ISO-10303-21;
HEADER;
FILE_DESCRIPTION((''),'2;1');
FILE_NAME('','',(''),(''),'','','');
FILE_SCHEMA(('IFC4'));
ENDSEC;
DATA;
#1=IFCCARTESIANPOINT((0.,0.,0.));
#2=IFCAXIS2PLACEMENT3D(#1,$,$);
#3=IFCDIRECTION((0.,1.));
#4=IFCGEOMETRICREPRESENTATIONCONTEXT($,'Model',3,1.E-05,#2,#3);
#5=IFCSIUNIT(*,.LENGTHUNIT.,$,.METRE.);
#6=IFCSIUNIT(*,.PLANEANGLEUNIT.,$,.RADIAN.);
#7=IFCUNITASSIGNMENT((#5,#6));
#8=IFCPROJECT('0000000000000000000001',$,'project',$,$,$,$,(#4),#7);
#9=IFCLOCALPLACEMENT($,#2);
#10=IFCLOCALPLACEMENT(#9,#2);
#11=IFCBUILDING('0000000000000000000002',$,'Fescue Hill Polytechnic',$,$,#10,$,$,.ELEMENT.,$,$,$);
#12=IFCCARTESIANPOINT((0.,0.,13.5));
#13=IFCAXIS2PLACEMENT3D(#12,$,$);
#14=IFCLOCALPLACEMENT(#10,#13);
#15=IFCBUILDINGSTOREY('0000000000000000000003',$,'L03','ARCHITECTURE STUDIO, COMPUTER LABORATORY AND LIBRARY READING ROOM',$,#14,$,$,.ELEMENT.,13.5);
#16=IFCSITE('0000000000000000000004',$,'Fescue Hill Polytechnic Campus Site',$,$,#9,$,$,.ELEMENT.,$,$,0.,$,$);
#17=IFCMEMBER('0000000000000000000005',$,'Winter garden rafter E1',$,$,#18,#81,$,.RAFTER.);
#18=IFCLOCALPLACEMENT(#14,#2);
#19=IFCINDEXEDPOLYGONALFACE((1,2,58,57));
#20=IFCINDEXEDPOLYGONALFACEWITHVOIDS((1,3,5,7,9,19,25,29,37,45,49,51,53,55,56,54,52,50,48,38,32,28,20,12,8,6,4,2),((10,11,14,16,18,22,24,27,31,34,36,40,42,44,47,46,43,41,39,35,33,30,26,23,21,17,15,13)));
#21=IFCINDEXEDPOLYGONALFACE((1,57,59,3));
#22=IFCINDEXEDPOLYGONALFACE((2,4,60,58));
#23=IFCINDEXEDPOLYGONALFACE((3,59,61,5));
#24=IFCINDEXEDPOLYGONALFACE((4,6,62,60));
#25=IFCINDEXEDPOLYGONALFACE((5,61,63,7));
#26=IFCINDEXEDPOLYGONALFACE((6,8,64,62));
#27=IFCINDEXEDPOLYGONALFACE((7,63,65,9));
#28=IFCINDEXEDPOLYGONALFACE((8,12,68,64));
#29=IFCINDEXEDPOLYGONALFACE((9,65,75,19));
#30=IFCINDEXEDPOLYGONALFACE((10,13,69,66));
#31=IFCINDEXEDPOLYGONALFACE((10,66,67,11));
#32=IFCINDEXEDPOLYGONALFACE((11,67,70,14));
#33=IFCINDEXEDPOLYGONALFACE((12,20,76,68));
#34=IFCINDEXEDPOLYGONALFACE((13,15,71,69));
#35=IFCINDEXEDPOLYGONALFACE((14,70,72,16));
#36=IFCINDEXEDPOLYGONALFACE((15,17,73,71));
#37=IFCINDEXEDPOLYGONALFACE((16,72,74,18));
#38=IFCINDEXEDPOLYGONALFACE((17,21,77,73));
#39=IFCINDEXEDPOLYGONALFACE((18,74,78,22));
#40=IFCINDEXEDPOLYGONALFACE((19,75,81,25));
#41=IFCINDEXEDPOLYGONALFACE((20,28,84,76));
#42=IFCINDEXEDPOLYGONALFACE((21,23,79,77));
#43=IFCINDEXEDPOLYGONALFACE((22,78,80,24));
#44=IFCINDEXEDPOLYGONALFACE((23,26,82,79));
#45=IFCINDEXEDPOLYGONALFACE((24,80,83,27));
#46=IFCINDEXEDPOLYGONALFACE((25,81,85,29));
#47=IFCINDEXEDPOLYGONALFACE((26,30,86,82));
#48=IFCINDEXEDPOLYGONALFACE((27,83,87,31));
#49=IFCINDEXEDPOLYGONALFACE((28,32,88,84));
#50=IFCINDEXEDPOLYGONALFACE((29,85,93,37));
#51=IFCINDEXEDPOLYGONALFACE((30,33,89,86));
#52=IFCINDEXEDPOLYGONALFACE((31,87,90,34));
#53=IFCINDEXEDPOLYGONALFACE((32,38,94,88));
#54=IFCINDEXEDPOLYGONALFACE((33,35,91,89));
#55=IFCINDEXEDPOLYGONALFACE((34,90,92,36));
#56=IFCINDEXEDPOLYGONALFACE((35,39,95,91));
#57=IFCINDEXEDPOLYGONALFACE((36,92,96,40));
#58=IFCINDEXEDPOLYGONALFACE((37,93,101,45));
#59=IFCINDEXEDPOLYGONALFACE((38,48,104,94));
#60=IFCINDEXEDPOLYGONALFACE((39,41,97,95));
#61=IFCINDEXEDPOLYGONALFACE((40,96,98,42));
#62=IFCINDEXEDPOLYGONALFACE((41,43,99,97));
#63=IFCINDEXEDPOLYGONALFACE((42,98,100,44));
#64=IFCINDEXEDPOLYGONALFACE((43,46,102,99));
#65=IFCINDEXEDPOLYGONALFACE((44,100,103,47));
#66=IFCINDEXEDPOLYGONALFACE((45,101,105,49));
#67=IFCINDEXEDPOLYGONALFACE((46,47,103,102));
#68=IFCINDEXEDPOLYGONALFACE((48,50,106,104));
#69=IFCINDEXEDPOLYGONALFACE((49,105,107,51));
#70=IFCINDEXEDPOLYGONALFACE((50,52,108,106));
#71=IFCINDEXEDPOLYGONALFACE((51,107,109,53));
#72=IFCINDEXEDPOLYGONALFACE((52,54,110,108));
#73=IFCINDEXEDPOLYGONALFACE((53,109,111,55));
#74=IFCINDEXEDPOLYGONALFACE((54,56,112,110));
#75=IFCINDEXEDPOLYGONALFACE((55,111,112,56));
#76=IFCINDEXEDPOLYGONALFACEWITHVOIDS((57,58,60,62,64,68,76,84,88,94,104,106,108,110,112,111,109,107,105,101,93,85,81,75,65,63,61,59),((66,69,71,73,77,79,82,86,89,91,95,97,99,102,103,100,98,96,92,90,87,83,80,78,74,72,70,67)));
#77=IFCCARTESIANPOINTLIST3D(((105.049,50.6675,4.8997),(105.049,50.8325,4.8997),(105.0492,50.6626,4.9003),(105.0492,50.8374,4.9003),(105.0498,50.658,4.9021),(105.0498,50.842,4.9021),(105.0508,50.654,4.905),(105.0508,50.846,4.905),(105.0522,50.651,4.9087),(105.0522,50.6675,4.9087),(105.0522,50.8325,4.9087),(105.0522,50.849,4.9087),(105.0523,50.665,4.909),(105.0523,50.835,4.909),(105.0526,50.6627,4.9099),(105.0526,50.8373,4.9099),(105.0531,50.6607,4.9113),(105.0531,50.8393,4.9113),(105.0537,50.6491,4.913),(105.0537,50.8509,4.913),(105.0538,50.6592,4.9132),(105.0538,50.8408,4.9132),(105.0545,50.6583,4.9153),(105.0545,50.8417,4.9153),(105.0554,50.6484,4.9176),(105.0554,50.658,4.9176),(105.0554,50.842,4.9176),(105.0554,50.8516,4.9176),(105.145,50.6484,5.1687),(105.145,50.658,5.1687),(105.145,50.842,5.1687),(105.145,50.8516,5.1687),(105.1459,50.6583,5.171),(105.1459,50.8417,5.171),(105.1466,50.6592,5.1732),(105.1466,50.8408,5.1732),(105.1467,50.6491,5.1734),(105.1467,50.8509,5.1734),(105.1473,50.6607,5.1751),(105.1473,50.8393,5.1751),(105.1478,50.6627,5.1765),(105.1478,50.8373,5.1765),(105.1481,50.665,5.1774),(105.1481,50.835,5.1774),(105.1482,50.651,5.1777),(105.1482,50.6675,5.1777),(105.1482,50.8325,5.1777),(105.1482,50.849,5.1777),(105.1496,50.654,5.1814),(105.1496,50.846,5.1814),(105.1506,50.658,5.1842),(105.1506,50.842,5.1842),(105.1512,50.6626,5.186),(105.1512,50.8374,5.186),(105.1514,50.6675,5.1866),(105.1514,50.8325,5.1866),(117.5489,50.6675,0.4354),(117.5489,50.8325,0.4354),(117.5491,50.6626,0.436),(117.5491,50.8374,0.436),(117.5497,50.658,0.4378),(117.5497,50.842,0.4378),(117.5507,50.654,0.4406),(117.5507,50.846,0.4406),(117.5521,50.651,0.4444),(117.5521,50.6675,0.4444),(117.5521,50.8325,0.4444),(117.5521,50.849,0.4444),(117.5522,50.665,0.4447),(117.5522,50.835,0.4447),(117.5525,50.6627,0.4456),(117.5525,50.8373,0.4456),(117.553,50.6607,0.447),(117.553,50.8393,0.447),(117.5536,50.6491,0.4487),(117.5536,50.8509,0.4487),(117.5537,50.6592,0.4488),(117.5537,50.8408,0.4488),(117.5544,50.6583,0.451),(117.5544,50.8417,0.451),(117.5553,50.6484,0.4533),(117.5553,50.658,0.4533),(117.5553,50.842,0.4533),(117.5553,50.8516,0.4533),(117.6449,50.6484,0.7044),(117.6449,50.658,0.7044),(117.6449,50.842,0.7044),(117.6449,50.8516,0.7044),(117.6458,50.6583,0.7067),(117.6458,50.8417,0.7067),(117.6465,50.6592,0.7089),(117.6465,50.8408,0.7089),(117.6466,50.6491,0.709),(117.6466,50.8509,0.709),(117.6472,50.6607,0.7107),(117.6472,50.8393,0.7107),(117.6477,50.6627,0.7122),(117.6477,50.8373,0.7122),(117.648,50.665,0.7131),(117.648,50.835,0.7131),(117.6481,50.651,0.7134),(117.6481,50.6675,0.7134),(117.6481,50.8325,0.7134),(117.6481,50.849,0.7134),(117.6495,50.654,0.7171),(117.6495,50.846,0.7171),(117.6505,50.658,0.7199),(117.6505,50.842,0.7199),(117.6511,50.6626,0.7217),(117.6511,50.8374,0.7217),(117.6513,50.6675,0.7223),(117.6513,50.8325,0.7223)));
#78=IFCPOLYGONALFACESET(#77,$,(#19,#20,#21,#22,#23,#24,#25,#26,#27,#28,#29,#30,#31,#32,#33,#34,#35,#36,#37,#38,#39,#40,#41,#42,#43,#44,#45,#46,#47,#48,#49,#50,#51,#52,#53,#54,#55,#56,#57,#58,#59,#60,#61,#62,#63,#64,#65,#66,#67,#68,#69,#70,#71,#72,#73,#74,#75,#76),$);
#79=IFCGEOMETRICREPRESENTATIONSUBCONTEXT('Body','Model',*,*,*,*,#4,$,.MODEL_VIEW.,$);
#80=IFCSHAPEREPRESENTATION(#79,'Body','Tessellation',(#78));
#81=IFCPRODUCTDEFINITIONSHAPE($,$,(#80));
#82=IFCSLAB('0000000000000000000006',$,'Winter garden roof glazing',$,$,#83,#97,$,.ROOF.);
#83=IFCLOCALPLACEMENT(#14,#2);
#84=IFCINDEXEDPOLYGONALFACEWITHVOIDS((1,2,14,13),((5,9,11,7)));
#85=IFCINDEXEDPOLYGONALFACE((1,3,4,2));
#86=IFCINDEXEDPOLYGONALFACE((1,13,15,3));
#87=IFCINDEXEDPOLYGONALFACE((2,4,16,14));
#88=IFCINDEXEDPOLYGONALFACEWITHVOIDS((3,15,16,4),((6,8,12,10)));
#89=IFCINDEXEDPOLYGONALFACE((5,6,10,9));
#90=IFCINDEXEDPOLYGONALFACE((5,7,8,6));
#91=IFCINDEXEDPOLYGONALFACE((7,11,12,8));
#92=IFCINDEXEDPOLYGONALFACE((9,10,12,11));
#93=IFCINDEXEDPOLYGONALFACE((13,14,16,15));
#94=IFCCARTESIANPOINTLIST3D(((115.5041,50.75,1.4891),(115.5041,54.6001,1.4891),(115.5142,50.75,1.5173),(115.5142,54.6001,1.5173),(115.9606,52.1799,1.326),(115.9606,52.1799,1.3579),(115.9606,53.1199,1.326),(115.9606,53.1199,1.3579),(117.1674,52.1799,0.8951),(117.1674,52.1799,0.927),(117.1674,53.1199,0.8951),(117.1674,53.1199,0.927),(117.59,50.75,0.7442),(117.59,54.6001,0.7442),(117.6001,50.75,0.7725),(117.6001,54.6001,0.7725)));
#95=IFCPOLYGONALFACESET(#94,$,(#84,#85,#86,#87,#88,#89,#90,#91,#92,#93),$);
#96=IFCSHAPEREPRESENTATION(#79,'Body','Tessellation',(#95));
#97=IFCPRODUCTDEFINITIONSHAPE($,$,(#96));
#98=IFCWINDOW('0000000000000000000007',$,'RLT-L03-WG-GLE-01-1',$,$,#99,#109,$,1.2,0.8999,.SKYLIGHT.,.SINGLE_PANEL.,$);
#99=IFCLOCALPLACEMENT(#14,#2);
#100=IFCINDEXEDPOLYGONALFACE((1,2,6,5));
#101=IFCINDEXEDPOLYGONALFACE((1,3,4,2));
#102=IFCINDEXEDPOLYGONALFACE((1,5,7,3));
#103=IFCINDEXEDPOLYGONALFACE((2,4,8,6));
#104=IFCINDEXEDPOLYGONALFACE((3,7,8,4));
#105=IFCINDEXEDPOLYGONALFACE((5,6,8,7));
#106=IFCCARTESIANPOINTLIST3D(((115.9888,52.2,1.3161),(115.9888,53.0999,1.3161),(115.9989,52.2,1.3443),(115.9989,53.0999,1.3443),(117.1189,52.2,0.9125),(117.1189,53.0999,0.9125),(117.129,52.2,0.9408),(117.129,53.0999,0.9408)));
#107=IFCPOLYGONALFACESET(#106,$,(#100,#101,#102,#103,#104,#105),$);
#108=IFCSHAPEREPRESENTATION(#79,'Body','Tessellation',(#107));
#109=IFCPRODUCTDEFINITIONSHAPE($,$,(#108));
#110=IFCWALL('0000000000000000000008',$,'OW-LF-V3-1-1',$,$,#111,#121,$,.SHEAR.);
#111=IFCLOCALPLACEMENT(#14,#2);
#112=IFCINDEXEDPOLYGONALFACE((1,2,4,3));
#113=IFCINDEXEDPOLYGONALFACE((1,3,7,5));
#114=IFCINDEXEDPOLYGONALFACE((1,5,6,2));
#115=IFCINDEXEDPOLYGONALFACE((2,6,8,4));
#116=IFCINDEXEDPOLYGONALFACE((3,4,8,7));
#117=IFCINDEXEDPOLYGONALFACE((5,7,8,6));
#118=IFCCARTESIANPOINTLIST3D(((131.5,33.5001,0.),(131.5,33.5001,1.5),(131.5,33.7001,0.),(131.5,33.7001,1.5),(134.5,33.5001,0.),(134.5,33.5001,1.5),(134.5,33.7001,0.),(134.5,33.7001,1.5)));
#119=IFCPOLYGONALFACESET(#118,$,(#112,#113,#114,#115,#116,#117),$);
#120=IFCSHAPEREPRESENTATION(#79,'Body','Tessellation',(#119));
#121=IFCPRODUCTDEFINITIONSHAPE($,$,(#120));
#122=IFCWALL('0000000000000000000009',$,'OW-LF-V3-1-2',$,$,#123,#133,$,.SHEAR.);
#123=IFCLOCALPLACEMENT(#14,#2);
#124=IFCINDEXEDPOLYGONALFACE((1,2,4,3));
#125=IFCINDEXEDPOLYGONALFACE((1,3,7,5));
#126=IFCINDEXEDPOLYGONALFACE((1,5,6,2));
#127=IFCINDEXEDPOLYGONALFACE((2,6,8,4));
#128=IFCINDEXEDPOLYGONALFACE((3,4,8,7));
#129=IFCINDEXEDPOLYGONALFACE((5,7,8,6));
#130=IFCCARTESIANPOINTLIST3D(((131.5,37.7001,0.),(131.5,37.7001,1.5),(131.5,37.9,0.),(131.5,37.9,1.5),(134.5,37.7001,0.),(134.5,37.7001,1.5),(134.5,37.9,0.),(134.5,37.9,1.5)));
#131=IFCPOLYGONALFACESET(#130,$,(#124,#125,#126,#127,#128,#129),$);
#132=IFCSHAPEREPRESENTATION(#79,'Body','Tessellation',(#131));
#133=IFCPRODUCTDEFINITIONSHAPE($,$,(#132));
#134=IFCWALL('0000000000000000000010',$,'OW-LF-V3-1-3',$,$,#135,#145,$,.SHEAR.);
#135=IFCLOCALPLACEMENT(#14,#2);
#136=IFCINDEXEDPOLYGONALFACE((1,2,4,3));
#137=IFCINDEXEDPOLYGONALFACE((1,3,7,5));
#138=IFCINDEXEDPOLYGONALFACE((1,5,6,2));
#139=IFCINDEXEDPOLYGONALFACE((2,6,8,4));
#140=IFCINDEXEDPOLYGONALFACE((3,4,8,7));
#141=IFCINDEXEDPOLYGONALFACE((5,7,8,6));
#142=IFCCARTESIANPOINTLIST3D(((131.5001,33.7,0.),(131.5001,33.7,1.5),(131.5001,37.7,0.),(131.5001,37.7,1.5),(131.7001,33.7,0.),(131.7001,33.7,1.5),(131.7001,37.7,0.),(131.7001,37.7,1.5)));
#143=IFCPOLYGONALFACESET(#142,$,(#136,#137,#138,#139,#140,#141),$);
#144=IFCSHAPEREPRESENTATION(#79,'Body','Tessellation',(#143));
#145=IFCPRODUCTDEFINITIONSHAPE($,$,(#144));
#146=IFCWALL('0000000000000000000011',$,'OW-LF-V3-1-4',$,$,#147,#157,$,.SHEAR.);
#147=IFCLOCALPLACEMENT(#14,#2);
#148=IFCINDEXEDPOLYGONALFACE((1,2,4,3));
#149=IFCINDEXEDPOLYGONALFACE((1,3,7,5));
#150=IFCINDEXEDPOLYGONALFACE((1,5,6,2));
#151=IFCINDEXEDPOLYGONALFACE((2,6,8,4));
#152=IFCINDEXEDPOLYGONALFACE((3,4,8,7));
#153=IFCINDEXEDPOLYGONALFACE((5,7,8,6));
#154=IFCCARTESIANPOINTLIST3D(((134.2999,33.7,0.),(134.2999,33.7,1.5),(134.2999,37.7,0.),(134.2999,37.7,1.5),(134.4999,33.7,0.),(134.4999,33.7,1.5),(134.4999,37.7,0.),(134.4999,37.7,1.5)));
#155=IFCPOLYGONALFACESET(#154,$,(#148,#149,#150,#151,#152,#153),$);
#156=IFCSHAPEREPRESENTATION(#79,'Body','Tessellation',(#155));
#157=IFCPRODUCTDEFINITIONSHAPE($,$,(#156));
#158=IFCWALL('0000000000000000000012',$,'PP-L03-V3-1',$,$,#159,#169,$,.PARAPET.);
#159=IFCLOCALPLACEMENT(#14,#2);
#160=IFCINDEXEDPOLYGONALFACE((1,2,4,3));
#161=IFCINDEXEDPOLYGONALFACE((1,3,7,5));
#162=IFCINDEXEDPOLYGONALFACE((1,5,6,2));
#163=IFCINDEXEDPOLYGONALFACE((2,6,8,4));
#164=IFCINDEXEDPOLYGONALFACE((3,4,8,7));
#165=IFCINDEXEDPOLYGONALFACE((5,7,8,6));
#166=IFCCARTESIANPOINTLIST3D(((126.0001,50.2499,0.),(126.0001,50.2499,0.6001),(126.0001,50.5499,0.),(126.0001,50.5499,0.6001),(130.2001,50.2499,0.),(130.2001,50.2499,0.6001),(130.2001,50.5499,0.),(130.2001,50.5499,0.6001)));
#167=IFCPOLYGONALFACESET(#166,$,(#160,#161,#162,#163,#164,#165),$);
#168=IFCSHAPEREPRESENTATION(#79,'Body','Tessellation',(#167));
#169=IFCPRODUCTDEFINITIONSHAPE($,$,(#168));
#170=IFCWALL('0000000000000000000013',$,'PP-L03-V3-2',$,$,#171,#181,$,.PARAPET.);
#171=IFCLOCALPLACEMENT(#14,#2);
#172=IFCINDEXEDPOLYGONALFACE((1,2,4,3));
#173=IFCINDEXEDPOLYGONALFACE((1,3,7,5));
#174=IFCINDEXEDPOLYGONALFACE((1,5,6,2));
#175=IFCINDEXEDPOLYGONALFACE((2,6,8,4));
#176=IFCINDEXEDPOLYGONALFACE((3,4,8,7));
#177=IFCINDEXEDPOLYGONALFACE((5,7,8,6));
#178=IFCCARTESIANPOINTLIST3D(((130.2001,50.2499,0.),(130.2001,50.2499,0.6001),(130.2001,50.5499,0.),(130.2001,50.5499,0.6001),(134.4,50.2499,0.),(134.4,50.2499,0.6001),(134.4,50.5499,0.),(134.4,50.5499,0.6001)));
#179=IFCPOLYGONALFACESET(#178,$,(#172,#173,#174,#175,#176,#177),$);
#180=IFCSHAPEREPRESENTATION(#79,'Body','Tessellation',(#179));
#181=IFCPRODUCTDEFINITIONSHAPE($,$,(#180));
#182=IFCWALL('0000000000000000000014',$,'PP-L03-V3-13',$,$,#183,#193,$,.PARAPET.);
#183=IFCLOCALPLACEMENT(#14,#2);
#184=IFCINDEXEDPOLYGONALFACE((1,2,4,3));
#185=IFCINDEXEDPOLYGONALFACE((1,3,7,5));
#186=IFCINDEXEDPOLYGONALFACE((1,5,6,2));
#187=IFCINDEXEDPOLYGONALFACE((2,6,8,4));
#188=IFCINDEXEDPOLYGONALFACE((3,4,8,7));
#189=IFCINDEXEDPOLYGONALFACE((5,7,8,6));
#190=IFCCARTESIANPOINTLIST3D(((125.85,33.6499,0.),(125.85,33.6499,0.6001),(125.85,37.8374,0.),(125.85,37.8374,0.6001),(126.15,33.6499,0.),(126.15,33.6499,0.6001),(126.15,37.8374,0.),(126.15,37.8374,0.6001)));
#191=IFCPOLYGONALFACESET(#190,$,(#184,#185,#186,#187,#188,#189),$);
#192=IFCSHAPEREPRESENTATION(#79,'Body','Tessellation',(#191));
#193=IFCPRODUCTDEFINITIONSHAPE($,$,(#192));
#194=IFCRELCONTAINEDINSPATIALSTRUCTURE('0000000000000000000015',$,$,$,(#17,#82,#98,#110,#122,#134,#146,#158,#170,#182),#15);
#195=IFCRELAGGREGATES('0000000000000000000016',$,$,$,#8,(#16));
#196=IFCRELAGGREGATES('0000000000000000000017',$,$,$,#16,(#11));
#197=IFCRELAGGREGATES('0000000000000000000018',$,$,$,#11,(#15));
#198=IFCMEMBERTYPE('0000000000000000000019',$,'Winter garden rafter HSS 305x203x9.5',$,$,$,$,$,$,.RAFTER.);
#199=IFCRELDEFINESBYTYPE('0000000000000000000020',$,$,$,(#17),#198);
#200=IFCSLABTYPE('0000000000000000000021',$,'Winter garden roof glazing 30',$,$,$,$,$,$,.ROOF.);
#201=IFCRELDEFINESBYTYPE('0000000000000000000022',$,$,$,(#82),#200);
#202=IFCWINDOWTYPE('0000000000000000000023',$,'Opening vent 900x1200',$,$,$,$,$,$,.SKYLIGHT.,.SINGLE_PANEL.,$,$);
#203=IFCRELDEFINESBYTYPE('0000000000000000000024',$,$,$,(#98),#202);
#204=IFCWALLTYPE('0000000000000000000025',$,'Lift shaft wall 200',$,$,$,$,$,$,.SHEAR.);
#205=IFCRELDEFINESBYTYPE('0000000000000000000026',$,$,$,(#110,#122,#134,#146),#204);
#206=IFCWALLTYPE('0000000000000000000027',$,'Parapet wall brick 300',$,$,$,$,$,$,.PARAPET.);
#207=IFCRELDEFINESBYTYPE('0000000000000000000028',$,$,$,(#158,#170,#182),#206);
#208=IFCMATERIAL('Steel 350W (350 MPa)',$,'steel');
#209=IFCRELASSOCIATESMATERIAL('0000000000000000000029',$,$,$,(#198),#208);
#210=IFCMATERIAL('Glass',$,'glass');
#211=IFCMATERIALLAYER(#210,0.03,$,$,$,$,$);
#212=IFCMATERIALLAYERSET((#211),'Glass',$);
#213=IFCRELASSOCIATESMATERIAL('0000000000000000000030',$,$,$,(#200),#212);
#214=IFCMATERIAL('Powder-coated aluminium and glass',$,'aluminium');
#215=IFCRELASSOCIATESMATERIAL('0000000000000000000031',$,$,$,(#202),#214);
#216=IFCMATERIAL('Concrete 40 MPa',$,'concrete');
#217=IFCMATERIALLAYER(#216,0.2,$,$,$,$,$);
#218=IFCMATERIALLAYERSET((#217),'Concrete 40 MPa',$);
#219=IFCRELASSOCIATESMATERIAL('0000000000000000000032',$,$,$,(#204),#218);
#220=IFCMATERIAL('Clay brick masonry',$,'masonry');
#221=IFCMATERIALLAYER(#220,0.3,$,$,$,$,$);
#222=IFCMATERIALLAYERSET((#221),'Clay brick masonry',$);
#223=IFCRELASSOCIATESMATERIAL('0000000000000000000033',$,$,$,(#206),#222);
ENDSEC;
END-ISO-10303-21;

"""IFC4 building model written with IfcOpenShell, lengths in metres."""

from ifc_helpers import new_model, si_unit, direction, frame, frame_2d, origin, origin_2d, place, context, subcontext, project, spatial, polyline, rectangle, hollow_rectangle, outline, extrude, material, layer, layer_set, material_profile, profile_set, type_object, element, fill, save


model = new_model("IFC4")

# Units and contexts
model_context = context("Model", 3, precision=1e-05, world=origin(), true_north=direction((0.0, 1.0)))
body_context = subcontext(model_context, "Body", "Model", "MODEL_VIEW")
ifc_project = project(units=[si_unit("LENGTHUNIT", "METRE"), si_unit("PLANEANGLEUNIT", "RADIAN")], contexts=[model_context])

# Site, building, storey
site_placement = place(None, origin())
site = spatial("IfcSite", under=ifc_project, at=site_placement, Name="Fescue Hill Polytechnic Campus Site", CompositionType="ELEMENT", RefElevation=0.0)
building_placement = place(site_placement, origin())
building = spatial("IfcBuilding", under=site, at=building_placement, Name="Fescue Hill Polytechnic", CompositionType="ELEMENT")
storey_placement = place(building_placement, frame((0.0, 0.0, 13.5)))
storey = spatial("IfcBuildingStorey", under=building, at=storey_placement, Name="L03", Description="ARCHITECTURE STUDIO, COMPUTER LABORATORY AND LIBRARY READING ROOM", CompositionType="ELEMENT", Elevation=13.5)

# Shared definitions
ifc_material_1 = material(Name="Concrete 40 MPa", Category="concrete")

# Member
ifc_material_2 = material(Name="Steel 350W (350 MPa)", Category="steel")
ifc_material_profile_1 = material_profile(ifc_material_2, hollow_rectangle(XDim=0.2031, YDim=0.3047, WallThickness=0.0095, InnerFilletRadius=0.0095, OuterFilletRadius=0.019, at=origin_2d()), Name="Winter garden rafter HSS 305x203x9.5")
ifc_profile_set_1 = profile_set([ifc_material_profile_1], Name="Steel 350W (350 MPa)")
member_type_1 = type_object("IfcMemberType", Name="Winter garden rafter HSS 305x203x9.5", PredefinedType="RAFTER", material=ifc_profile_set_1)
member_1_placement = place(storey_placement, frame((117.6001, 50.75, 0.5789), z_axis=(-0.94174, 0.0, 0.336341), x_axis=(0.0, -1.0, 0.0)))
element("IfcMember", 1, at=member_1_placement, inside=storey, type_object=member_type_1, Name="Winter garden rafter E1", PredefinedType="RAFTER", context=body_context, shape_type="SweptSolid", body=[
    extrude(hollow_rectangle(XDim=0.2031, YDim=0.3047, WallThickness=0.0095, InnerFilletRadius=0.0095, OuterFilletRadius=0.019, at=origin_2d()), origin(), (0.0, 0.0, 1.0), 13.2732),
])

# Slab, opening, window
ifc_material_3 = material(Name="Glass", Category="glass")
ifc_layer_1 = layer(ifc_material_3, 0.03)
ifc_layer_set_1 = layer_set([ifc_layer_1], Name="Glass")
slab_type = type_object("IfcSlabType", Name="Winter garden roof glazing 30", PredefinedType="ROOF", material=ifc_layer_set_1)
slab_placement = place(storey_placement, frame((117.6001, 50.75, 0.7725), z_axis=(0.336295, 0.0, 0.941757), x_axis=(0.0, 1.0, 0.0)))
slab = element("IfcSlab", 2, at=slab_placement, inside=storey, type_object=slab_type, Name="Winter garden roof glazing", PredefinedType="ROOF", context=body_context, shape_type="SweptSolid", body=[
    extrude(outline(polyline([(0.0, 0.0), (3.8501, 0.0), (3.8501, 2.2149), (0.0, 2.2149), (0.0, 0.0)])), origin(), (0.0, 0.0, -1.0), 0.03),
])
opening_placement = place(storey_placement, frame((116.564, 52.6499, 0.7964)))
opening = element("IfcOpeningElement", 3, at=opening_placement, cuts=slab, PredefinedType="OPENING", context=body_context, shape_type="SweptSolid", body=[
    extrude(rectangle(XDim=1.2068, YDim=0.9399, at=origin_2d()), origin(), (0.0, 0.0, 1.0), 0.6604),
])
ifc_material_4 = material(Name="Powder-coated aluminium and glass", Category="aluminium")
window_type = type_object("IfcWindowType", Name="Opening vent 900x1200", PartitioningType="SINGLE_PANEL", PredefinedType="SKYLIGHT", material=ifc_material_4)
window_placement = place(storey_placement, frame((116.564, 52.6499, 1.1426), z_axis=(0.336295, 0.0, 0.941757), x_axis=(0.0, 1.0, 0.0)))
window = element("IfcWindow", 4, at=window_placement, inside=storey, type_object=window_type, Name="RLT-L03-WG-GLE-01-1", OverallHeight=1.2, OverallWidth=0.8999, PartitioningType="SINGLE_PANEL", PredefinedType="SKYLIGHT", context=body_context, shape_type="SweptSolid", body=[
    extrude(rectangle(XDim=0.8999, YDim=1.2, at=origin_2d()), origin(), (0.0, 0.0, -1.0), 0.03),
])
fill(opening, window)

# Walls
ifc_layer_2 = layer(ifc_material_1, 0.2)
ifc_layer_set_2 = layer_set([ifc_layer_2], Name="Concrete 40 MPa")
wall_type_1 = type_object("IfcWallType", Name="Lift shaft wall 200", PredefinedType="SHEAR", material=ifc_layer_set_2)
for number, where, z_axis, x_axis, name in (
    (5, (131.5, 33.6001, 0.0), (0.0, 0.0, 1.0), (1.0, 0.0, 0.0), "OW-LF-V3-1-1"),
    (6, (131.5, 37.8, 0.0), (0.0, 0.0, 1.0), (1.0, 0.0, 0.0), "OW-LF-V3-1-2"),
):
    element("IfcWall", number, at=place(storey_placement, frame(where, z_axis=z_axis, x_axis=x_axis)), inside=storey, type_object=wall_type_1, Name=name, PredefinedType="SHEAR", context=body_context, shape_type="SweptSolid", body=[
        extrude(rectangle(XDim=3.0, YDim=0.2, at=frame_2d((1.5, 0.0))), origin(), (0.0, 0.0, 1.0), 1.5),
    ])
for number, where, z_axis, x_axis, name in (
    (7, (131.6001, 33.7, 0.0), (0.0, 0.0, 1.0), (0.0, 1.0, 0.0), "OW-LF-V3-1-3"),
    (8, (134.3999, 33.7, 0.0), (0.0, 0.0, 1.0), (0.0, 1.0, 0.0), "OW-LF-V3-1-4"),
):
    element("IfcWall", number, at=place(storey_placement, frame(where, z_axis=z_axis, x_axis=x_axis)), inside=storey, type_object=wall_type_1, Name=name, PredefinedType="SHEAR", context=body_context, shape_type="SweptSolid", body=[
        extrude(rectangle(XDim=4.0, YDim=0.2, at=frame_2d((2.0, 0.0))), origin(), (0.0, 0.0, 1.0), 1.5),
    ])
ifc_material_5 = material(Name="Clay brick masonry", Category="masonry")
ifc_layer_3 = layer(ifc_material_5, 0.3)
ifc_layer_set_3 = layer_set([ifc_layer_3], Name="Clay brick masonry")
wall_type_2 = type_object("IfcWallType", Name="Parapet wall brick 300", PredefinedType="PARAPET", material=ifc_layer_set_3)
for number, where, z_axis, x_axis, name in (
    (9, (126.0, 50.3999, 0.0), (0.0, 0.0, 1.0), (1.0, 0.0, 0.0), "PP-L03-V3-1"),
    (10, (130.2, 50.3999, 0.0), (0.0, 0.0, 1.0), (1.0, 0.0, 0.0), "PP-L03-V3-2"),
):
    element("IfcWall", number, at=place(storey_placement, frame(where, z_axis=z_axis, x_axis=x_axis)), inside=storey, type_object=wall_type_2, Name=name, PredefinedType="PARAPET", context=body_context, shape_type="SweptSolid", body=[
        extrude(rectangle(XDim=4.2, YDim=0.3, at=frame_2d((2.1001, 0.0))), origin(), (0.0, 0.0, 1.0), 0.6001),
    ])
for number, where, z_axis, x_axis, name in (
    (11, (126.0, 33.6499, 0.0), (0.0, 0.0, 1.0), (0.0, 1.0, 0.0), "PP-L03-V3-13"),
):
    element("IfcWall", number, at=place(storey_placement, frame(where, z_axis=z_axis, x_axis=x_axis)), inside=storey, type_object=wall_type_2, Name=name, PredefinedType="PARAPET", context=body_context, shape_type="SweptSolid", body=[
        extrude(rectangle(XDim=4.1875, YDim=0.3, at=frame_2d((2.0938, 0.0))), origin(), (0.0, 0.0, 1.0), 0.6001),
    ])

save(model, "model.ifc")
